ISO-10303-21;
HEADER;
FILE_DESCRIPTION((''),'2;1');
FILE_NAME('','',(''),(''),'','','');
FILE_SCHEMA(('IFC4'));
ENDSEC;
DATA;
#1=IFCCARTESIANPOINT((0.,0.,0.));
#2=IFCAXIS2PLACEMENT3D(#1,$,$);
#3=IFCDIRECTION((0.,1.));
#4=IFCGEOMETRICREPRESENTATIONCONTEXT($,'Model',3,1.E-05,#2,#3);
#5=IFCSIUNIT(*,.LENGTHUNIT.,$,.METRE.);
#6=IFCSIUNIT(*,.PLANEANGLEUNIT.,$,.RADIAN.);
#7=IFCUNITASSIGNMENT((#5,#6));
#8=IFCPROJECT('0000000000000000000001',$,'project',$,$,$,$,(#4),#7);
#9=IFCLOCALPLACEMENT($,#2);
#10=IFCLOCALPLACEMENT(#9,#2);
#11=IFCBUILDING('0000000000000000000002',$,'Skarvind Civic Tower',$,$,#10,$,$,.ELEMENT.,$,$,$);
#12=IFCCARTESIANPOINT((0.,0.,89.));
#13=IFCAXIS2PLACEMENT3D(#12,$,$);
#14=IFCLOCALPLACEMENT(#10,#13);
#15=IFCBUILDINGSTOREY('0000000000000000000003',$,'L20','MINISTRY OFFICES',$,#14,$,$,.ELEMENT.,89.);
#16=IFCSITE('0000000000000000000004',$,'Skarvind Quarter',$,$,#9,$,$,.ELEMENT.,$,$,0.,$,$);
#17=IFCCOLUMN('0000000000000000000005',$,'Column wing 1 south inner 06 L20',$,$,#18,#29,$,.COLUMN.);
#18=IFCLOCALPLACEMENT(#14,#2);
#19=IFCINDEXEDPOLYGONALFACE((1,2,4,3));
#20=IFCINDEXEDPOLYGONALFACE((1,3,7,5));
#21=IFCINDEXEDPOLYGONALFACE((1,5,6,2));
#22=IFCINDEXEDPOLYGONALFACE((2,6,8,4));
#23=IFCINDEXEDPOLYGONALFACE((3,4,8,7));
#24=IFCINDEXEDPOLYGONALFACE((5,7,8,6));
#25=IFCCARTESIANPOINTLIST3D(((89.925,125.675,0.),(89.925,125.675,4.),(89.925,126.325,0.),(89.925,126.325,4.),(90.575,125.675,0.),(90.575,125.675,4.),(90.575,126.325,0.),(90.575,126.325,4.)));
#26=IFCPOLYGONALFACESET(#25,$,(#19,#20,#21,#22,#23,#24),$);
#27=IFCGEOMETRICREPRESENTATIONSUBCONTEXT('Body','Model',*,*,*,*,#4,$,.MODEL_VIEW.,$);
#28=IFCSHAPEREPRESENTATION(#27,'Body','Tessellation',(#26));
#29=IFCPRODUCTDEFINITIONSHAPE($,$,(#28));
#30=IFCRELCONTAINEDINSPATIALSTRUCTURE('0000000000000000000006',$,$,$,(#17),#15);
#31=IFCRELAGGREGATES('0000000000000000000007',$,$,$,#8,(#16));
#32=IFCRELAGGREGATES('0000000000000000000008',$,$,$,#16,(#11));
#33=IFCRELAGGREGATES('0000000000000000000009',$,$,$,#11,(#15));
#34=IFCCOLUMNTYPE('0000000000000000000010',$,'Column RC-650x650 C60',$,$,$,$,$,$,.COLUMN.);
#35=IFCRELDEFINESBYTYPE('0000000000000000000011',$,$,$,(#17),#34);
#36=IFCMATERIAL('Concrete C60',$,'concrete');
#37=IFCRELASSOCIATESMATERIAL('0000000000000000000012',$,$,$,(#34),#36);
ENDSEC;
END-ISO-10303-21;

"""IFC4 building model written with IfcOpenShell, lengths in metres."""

from ifc_helpers import new_model, si_unit, direction, frame, origin, origin_2d, place, context, subcontext, project, spatial, rectangle, extrude, material, material_profile, profile_set, type_object, element, save


model = new_model("IFC4")

# Units and contexts
model_context = context("Model", 3, precision=1e-05, world=origin(), true_north=direction((0.0, 1.0)))
body_context = subcontext(model_context, "Body", "Model", "MODEL_VIEW")
ifc_project = project(units=[si_unit("LENGTHUNIT", "METRE"), si_unit("PLANEANGLEUNIT", "RADIAN")], contexts=[model_context])

# Site, building, storey
site_placement = place(None, origin())
site = spatial("IfcSite", under=ifc_project, at=site_placement, Name="Skarvind Quarter", CompositionType="ELEMENT", RefElevation=0.0)
building_placement = place(site_placement, origin())
building = spatial("IfcBuilding", under=site, at=building_placement, Name="Skarvind Civic Tower", CompositionType="ELEMENT")
storey_placement = place(building_placement, frame((0.0, 0.0, 89.0)))
storey = spatial("IfcBuildingStorey", under=building, at=storey_placement, Name="L20", Description="MINISTRY OFFICES", CompositionType="ELEMENT", Elevation=89.0)

# Column
ifc_material_1 = material(Name="Concrete C60", Category="concrete")
ifc_material_profile = material_profile(ifc_material_1, rectangle(XDim=0.6499, YDim=0.6499, at=origin_2d()), Name="RC-650x650")
ifc_profile_set = profile_set([ifc_material_profile], Name="Concrete C60")
column_type = type_object("IfcColumnType", Name="Column RC-650x650 C60", PredefinedType="COLUMN", material=ifc_profile_set)
column_placement = place(storey_placement, frame((90.25, 126.0, 0.0), z_axis=(0.0, 0.0, 1.0), x_axis=(1.0, 0.0, 0.0)))
element("IfcColumn", 1, at=column_placement, inside=storey, type_object=column_type, Name="Column wing 1 south inner 06 L20", PredefinedType="COLUMN", context=body_context, shape_type="SweptSolid", body=[
    extrude(rectangle(XDim=0.6499, YDim=0.6499, at=origin_2d()), origin(), (0.0, 0.0, 1.0), 4.0),
])

save(model, "model.ifc")
